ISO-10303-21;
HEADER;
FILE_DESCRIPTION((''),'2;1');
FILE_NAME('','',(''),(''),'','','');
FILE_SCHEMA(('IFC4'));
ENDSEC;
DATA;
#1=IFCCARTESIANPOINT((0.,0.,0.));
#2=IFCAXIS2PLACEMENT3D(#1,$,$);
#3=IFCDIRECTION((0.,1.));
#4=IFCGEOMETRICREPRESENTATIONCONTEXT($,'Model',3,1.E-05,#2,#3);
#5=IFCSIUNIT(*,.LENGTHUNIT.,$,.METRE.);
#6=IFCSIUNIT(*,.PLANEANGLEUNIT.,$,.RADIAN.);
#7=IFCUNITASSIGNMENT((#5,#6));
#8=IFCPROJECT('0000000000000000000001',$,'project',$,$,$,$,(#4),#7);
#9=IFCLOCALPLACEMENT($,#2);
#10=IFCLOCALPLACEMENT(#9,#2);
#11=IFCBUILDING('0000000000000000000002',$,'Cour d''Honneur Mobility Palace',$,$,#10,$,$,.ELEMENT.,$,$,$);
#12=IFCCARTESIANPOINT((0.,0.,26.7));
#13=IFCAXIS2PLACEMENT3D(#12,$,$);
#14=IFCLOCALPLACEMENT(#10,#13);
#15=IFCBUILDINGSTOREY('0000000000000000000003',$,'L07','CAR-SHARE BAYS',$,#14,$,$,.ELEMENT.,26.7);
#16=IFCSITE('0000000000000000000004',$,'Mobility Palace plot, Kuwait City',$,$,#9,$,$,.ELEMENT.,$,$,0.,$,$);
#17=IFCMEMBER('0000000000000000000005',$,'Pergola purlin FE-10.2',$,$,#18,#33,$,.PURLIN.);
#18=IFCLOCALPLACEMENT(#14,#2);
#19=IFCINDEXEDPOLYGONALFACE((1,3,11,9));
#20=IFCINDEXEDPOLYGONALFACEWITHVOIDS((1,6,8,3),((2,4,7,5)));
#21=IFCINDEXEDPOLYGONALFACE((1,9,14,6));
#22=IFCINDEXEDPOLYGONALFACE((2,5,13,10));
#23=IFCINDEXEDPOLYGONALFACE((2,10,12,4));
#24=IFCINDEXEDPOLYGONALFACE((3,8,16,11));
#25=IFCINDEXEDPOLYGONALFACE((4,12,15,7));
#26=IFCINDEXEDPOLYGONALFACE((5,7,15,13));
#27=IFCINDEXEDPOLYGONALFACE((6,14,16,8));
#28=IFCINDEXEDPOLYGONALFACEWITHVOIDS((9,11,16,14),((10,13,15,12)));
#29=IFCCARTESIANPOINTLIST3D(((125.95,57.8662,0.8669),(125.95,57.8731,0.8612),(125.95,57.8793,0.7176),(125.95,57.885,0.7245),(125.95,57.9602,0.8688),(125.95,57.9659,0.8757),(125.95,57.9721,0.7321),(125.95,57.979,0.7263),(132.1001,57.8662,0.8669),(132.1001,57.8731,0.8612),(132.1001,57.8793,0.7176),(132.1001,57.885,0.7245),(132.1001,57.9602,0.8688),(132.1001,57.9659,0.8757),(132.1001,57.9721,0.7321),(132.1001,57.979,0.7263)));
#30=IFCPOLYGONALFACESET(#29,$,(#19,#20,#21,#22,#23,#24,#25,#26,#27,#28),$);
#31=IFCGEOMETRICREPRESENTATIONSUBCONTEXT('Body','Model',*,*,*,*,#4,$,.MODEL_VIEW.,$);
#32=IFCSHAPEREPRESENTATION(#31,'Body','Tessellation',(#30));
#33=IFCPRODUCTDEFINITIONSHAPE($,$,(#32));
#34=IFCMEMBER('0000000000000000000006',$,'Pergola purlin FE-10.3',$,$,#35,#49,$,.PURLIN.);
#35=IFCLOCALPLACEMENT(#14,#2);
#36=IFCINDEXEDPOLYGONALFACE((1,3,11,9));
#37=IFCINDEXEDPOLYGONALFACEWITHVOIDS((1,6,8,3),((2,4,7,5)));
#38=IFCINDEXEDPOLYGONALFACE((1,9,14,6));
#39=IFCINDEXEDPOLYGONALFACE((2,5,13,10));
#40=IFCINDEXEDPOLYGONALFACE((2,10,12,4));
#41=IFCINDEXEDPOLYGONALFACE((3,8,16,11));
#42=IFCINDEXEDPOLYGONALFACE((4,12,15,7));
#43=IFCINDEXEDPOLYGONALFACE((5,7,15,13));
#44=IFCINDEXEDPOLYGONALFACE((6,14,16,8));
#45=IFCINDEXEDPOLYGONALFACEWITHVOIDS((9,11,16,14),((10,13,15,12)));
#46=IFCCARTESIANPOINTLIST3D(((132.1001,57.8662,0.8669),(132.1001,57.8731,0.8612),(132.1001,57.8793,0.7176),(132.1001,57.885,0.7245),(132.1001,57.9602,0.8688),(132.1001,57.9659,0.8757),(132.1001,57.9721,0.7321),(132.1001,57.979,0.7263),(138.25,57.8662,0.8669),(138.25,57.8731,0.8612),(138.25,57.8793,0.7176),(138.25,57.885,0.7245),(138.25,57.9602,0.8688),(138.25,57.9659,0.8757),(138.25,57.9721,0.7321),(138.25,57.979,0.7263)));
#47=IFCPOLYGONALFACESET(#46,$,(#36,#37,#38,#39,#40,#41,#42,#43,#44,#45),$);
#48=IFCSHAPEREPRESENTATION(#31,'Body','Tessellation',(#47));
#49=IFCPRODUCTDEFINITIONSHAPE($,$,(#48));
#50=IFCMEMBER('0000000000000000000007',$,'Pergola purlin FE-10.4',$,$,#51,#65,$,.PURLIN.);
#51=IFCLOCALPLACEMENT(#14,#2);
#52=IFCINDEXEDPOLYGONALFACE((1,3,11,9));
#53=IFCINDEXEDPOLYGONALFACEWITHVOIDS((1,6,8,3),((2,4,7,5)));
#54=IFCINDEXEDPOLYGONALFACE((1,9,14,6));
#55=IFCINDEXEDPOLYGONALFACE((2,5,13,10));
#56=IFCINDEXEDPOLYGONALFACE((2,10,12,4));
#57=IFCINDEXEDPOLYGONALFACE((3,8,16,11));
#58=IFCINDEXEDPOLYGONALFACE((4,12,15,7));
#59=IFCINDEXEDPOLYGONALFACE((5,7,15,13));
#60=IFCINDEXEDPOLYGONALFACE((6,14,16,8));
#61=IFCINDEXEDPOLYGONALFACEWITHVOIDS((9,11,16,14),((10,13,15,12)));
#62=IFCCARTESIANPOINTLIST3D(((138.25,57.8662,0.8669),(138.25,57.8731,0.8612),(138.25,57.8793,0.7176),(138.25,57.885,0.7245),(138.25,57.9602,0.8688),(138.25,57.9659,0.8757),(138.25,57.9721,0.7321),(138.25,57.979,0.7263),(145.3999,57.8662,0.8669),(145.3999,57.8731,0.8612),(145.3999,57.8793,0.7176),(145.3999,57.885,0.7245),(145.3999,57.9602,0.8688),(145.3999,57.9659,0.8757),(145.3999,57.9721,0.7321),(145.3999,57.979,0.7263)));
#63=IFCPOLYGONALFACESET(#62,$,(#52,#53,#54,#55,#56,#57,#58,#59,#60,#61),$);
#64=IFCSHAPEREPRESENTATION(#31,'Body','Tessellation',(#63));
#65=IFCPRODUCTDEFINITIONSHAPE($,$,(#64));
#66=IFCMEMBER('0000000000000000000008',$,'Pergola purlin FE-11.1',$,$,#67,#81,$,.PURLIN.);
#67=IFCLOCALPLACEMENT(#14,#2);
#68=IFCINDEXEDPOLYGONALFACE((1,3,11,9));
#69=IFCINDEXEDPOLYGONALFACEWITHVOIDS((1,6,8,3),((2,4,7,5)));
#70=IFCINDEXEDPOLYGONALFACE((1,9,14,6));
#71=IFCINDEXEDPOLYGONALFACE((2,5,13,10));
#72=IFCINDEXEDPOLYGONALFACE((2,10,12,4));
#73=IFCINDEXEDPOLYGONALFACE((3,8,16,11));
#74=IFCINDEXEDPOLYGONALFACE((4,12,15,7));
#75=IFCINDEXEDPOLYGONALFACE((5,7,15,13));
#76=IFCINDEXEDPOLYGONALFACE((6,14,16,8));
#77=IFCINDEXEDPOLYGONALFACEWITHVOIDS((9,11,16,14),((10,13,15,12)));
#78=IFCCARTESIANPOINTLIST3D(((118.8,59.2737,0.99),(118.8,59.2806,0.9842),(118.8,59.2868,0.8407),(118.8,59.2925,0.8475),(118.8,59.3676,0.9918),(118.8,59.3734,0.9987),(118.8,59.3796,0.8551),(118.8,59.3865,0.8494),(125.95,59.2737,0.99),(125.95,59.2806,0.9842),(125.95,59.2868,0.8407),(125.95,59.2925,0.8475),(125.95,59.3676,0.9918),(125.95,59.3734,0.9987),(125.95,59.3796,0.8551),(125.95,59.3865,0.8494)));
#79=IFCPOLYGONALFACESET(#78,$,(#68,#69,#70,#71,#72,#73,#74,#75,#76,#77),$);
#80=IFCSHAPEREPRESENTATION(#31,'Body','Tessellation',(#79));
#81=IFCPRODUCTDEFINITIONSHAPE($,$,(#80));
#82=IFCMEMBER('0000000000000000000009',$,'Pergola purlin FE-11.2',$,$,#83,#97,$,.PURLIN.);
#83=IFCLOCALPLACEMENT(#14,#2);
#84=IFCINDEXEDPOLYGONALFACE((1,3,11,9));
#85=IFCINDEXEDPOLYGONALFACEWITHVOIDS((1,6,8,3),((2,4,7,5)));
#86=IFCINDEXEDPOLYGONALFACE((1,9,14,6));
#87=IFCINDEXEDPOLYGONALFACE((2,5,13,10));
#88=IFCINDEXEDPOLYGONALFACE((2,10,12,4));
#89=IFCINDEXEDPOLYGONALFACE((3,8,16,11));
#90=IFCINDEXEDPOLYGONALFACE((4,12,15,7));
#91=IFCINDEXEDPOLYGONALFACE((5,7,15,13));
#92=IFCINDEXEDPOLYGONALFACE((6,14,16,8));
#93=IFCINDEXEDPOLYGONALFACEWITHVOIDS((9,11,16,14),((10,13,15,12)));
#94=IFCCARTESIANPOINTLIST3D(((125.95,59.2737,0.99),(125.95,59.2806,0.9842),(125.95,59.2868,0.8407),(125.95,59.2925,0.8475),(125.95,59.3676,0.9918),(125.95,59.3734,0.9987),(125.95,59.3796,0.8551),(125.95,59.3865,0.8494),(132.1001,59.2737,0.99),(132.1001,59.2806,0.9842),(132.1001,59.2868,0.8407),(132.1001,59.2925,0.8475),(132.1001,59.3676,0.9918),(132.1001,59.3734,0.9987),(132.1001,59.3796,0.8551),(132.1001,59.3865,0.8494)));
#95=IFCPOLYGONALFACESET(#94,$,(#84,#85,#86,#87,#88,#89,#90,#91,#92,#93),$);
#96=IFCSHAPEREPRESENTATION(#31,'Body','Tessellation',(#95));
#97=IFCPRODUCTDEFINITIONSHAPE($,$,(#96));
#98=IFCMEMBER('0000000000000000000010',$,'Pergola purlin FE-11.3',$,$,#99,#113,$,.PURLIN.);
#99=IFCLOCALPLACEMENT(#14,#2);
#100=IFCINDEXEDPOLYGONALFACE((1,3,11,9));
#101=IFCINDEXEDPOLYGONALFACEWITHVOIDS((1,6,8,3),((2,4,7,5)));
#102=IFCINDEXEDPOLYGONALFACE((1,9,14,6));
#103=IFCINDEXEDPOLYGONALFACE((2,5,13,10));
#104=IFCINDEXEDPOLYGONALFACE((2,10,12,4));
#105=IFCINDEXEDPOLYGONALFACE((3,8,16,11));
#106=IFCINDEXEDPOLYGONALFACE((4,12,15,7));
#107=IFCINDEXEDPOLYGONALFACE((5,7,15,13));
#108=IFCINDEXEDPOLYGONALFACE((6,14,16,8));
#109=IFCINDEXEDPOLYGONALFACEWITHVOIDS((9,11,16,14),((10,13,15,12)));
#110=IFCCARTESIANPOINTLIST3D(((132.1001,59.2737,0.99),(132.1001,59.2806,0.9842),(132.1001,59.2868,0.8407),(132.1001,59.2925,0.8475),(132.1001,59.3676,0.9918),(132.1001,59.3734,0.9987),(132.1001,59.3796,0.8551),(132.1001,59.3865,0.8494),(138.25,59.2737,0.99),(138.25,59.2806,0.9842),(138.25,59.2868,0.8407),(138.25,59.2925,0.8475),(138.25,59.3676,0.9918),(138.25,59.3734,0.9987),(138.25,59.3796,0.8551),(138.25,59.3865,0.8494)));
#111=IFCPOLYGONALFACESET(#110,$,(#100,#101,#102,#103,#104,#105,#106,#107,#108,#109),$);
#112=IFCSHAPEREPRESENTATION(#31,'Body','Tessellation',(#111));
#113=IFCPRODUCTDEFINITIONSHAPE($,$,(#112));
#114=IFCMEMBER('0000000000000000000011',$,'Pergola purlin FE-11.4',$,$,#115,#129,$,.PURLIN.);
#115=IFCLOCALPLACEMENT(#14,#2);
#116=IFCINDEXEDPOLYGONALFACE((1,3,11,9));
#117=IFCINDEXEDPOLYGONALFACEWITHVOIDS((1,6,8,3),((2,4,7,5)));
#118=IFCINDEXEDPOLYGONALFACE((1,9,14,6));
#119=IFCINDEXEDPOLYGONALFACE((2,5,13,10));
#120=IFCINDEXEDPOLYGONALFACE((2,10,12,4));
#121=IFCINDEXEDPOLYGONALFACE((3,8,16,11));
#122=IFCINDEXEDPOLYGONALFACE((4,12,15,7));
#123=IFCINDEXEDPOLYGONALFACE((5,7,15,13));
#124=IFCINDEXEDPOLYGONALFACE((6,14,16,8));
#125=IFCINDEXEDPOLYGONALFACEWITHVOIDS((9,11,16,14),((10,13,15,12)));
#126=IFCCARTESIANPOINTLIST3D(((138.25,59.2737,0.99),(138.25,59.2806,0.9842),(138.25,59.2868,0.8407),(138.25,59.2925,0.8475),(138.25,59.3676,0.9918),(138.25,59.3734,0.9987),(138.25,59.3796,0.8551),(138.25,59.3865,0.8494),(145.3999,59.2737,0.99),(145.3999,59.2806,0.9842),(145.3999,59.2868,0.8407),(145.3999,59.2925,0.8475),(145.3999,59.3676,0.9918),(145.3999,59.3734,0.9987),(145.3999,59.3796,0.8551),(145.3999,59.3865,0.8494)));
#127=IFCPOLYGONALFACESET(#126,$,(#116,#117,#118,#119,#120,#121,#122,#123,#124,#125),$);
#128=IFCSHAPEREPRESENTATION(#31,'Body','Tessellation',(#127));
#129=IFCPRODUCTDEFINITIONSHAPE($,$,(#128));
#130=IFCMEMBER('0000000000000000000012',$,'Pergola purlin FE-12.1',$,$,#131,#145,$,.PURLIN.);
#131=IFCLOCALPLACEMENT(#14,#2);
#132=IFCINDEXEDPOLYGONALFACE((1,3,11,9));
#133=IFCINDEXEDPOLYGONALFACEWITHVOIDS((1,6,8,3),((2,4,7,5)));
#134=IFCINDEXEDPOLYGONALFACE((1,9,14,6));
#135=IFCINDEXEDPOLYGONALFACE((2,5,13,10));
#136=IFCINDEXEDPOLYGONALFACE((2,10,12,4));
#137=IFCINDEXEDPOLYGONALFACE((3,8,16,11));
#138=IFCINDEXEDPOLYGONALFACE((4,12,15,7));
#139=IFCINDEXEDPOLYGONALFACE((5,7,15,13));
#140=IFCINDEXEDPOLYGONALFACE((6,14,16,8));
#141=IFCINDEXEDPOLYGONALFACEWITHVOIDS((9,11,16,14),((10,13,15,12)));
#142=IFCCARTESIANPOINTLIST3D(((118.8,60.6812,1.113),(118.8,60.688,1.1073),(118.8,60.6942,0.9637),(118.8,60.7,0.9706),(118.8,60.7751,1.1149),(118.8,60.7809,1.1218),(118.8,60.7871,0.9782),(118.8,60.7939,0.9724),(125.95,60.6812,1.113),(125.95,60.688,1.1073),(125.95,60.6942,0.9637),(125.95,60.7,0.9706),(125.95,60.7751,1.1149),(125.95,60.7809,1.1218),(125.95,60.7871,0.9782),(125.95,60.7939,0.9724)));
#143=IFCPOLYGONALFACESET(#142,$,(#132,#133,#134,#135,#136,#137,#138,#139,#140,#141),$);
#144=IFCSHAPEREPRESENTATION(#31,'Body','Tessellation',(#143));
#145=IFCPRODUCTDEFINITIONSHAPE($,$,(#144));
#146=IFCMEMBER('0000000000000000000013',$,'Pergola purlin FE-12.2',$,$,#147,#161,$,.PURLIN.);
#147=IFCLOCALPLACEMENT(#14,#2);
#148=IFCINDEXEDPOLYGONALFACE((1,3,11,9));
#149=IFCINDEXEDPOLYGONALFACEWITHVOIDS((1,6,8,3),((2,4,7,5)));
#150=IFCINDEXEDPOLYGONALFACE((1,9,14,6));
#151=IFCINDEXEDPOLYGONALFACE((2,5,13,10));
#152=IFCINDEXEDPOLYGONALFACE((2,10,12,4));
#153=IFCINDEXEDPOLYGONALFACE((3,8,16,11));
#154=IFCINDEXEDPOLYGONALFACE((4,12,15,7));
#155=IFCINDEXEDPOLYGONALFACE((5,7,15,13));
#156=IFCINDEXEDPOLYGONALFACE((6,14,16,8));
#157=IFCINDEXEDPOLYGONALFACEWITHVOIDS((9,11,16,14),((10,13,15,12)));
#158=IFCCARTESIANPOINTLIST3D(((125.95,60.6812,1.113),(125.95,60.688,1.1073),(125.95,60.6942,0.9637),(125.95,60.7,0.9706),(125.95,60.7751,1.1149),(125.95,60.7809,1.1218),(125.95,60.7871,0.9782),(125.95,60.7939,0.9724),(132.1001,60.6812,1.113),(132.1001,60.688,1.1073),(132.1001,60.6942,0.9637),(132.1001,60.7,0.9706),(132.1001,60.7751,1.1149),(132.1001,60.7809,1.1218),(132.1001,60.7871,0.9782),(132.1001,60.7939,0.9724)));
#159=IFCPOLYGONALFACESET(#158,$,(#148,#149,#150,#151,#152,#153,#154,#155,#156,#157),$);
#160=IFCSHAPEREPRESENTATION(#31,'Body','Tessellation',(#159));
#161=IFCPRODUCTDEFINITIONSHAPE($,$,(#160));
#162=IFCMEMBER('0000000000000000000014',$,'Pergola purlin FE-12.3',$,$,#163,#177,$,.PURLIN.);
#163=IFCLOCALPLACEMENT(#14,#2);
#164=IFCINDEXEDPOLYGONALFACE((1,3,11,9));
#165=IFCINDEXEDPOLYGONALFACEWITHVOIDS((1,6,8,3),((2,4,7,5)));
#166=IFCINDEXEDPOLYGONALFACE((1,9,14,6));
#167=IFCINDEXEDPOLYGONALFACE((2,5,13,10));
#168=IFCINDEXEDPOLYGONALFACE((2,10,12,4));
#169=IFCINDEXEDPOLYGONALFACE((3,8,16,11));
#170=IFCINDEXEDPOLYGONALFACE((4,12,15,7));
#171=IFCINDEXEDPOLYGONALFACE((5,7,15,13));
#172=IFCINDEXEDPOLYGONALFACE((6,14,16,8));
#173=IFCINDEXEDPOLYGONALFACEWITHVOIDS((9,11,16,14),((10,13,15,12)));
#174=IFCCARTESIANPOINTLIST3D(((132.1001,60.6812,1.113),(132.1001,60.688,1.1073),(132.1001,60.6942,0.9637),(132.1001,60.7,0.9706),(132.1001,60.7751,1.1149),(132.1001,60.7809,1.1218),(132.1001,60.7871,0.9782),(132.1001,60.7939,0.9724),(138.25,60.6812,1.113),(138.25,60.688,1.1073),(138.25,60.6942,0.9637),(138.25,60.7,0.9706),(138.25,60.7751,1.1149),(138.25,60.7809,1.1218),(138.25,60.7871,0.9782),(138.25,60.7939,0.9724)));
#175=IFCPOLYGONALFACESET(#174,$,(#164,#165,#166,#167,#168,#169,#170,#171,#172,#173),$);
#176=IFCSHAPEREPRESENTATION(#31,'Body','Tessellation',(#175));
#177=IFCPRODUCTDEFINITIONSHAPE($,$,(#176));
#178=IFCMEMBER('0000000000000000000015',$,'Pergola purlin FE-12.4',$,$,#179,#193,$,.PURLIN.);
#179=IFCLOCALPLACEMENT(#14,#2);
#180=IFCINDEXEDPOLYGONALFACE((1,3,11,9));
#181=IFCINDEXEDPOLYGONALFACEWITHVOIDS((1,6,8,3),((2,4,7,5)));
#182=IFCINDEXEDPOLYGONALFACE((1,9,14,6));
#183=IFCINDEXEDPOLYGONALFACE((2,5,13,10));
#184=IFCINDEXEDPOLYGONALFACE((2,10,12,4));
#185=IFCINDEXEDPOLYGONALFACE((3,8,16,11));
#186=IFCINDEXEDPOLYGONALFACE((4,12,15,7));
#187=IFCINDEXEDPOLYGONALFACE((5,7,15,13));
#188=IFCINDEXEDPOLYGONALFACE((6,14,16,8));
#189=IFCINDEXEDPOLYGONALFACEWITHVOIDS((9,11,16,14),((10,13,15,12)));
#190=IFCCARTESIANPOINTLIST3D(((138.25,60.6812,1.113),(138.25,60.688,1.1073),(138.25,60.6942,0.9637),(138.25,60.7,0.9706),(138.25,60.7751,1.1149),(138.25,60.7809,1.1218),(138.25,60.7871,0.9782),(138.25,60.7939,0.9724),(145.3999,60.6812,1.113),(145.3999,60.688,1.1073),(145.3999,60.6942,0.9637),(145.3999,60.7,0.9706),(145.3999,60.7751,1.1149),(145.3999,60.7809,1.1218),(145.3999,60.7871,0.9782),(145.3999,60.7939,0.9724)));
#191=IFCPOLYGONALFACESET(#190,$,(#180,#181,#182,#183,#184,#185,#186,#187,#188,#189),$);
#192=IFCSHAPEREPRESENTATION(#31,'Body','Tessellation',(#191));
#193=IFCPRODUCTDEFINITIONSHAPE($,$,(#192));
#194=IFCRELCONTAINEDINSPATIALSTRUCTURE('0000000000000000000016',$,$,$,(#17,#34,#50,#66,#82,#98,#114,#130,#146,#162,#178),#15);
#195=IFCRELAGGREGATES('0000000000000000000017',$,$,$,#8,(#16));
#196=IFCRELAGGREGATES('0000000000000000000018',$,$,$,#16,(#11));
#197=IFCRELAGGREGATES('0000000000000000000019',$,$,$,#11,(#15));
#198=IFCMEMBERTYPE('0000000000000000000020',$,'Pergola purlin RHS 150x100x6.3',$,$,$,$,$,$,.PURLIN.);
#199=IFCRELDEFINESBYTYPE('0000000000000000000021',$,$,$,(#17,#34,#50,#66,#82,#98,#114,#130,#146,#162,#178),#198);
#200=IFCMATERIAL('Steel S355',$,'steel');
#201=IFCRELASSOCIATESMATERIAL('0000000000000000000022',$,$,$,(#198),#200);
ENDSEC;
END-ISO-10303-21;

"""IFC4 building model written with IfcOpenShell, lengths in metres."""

from ifc_helpers import new_model, si_unit, direction, frame, origin, origin_2d, place, context, subcontext, project, spatial, hollow_rectangle, extrude, material, material_profile, profile_set, type_object, element, save


model = new_model("IFC4")

# Units and contexts
model_context = context("Model", 3, precision=1e-05, world=origin(), true_north=direction((0.0, 1.0)))
body_context = subcontext(model_context, "Body", "Model", "MODEL_VIEW")
ifc_project = project(units=[si_unit("LENGTHUNIT", "METRE"), si_unit("PLANEANGLEUNIT", "RADIAN")], contexts=[model_context])

# Site, building, storey
site_placement = place(None, origin())
site = spatial("IfcSite", under=ifc_project, at=site_placement, Name="Mobility Palace plot, Kuwait City", CompositionType="ELEMENT", RefElevation=0.0)
building_placement = place(site_placement, origin())
building = spatial("IfcBuilding", under=site, at=building_placement, Name="Cour d'Honneur Mobility Palace", CompositionType="ELEMENT")
storey_placement = place(building_placement, frame((0.0, 0.0, 26.7)))
storey = spatial("IfcBuildingStorey", under=building, at=storey_placement, Name="L07", Description="CAR-SHARE BAYS", CompositionType="ELEMENT", Elevation=26.7)

# Members
ifc_material_1 = material(Name="Steel S355", Category="steel")
ifc_material_profile = material_profile(ifc_material_1, hollow_rectangle(XDim=0.1001, YDim=0.1499, WallThickness=0.0063, at=origin_2d()), Name="RHS 150x100x6.3")
ifc_profile_set = profile_set([ifc_material_profile], Name="Steel S355")
member_type = type_object("IfcMemberType", Name="Pergola purlin RHS 150x100x6.3", PredefinedType="PURLIN", material=ifc_profile_set)
member_1_placement = place(storey_placement, frame((125.95, 57.9226, 0.7966), z_axis=(1.0, 0.0, 0.0), x_axis=(0.0, 0.996197, 0.087131)))
element("IfcMember", 1, at=member_1_placement, inside=storey, type_object=member_type, Name="Pergola purlin FE-10.2", PredefinedType="PURLIN", context=body_context, shape_type="SweptSolid", body=[
    extrude(hollow_rectangle(XDim=0.1001, YDim=0.1499, WallThickness=0.0063, at=origin_2d()), origin(), (0.0, 0.0, 1.0), 6.1501),
])
member_2_placement = place(storey_placement, frame((132.1001, 57.9226, 0.7966), z_axis=(1.0, 0.0, 0.0), x_axis=(0.0, 0.996197, 0.087131)))
element("IfcMember", 2, at=member_2_placement, inside=storey, type_object=member_type, Name="Pergola purlin FE-10.3", PredefinedType="PURLIN", context=body_context, shape_type="SweptSolid", body=[
    extrude(hollow_rectangle(XDim=0.1001, YDim=0.1499, WallThickness=0.0063, at=origin_2d()), origin(), (0.0, 0.0, 1.0), 6.1499),
])
for number, where, z_axis, x_axis, name in (
    (3, (138.25, 57.9226, 0.7966), (1.0, 0.0, 0.0), (0.0, 0.996197, 0.087131), "Pergola purlin FE-10.4"),
    (4, (118.8, 59.3301, 0.9197), (1.0, 0.0, 0.0), (0.0, 0.996197, 0.087131), "Pergola purlin FE-11.1"),
):
    element("IfcMember", number, at=place(storey_placement, frame(where, z_axis=z_axis, x_axis=x_axis)), inside=storey, type_object=member_type, Name=name, PredefinedType="PURLIN", context=body_context, shape_type="SweptSolid", body=[
        extrude(hollow_rectangle(XDim=0.1001, YDim=0.1499, WallThickness=0.0063, at=origin_2d()), origin(), (0.0, 0.0, 1.0), 7.1499),
    ])
member_3_placement = place(storey_placement, frame((125.95, 59.3301, 0.9197), z_axis=(1.0, 0.0, 0.0), x_axis=(0.0, 0.996197, 0.087131)))
element("IfcMember", 5, at=member_3_placement, inside=storey, type_object=member_type, Name="Pergola purlin FE-11.2", PredefinedType="PURLIN", context=body_context, shape_type="SweptSolid", body=[
    extrude(hollow_rectangle(XDim=0.1001, YDim=0.1499, WallThickness=0.0063, at=origin_2d()), origin(), (0.0, 0.0, 1.0), 6.1501),
])
member_4_placement = place(storey_placement, frame((132.1001, 59.3301, 0.9197), z_axis=(1.0, 0.0, 0.0), x_axis=(0.0, 0.996197, 0.087131)))
element("IfcMember", 6, at=member_4_placement, inside=storey, type_object=member_type, Name="Pergola purlin FE-11.3", PredefinedType="PURLIN", context=body_context, shape_type="SweptSolid", body=[
    extrude(hollow_rectangle(XDim=0.1001, YDim=0.1499, WallThickness=0.0063, at=origin_2d()), origin(), (0.0, 0.0, 1.0), 6.1499),
])
for number, where, z_axis, x_axis, name in (
    (7, (138.25, 59.3301, 0.9197), (1.0, 0.0, 0.0), (0.0, 0.996197, 0.087131), "Pergola purlin FE-11.4"),
    (8, (118.8, 60.7375, 1.0427), (1.0, 0.0, 0.0), (0.0, 0.996197, 0.087131), "Pergola purlin FE-12.1"),
):
    element("IfcMember", number, at=place(storey_placement, frame(where, z_axis=z_axis, x_axis=x_axis)), inside=storey, type_object=member_type, Name=name, PredefinedType="PURLIN", context=body_context, shape_type="SweptSolid", body=[
        extrude(hollow_rectangle(XDim=0.1001, YDim=0.1499, WallThickness=0.0063, at=origin_2d()), origin(), (0.0, 0.0, 1.0), 7.1499),
    ])
member_5_placement = place(storey_placement, frame((125.95, 60.7375, 1.0427), z_axis=(1.0, 0.0, 0.0), x_axis=(0.0, 0.996197, 0.087131)))
element("IfcMember", 9, at=member_5_placement, inside=storey, type_object=member_type, Name="Pergola purlin FE-12.2", PredefinedType="PURLIN", context=body_context, shape_type="SweptSolid", body=[
    extrude(hollow_rectangle(XDim=0.1001, YDim=0.1499, WallThickness=0.0063, at=origin_2d()), origin(), (0.0, 0.0, 1.0), 6.1501),
])
member_6_placement = place(storey_placement, frame((132.1001, 60.7375, 1.0427), z_axis=(1.0, 0.0, 0.0), x_axis=(0.0, 0.996197, 0.087131)))
element("IfcMember", 10, at=member_6_placement, inside=storey, type_object=member_type, Name="Pergola purlin FE-12.3", PredefinedType="PURLIN", context=body_context, shape_type="SweptSolid", body=[
    extrude(hollow_rectangle(XDim=0.1001, YDim=0.1499, WallThickness=0.0063, at=origin_2d()), origin(), (0.0, 0.0, 1.0), 6.1499),
])
for number, where, z_axis, x_axis, name in (
    (11, (138.25, 60.7375, 1.0427), (1.0, 0.0, 0.0), (0.0, 0.996197, 0.087131), "Pergola purlin FE-12.4"),
):
    element("IfcMember", number, at=place(storey_placement, frame(where, z_axis=z_axis, x_axis=x_axis)), inside=storey, type_object=member_type, Name=name, PredefinedType="PURLIN", context=body_context, shape_type="SweptSolid", body=[
        extrude(hollow_rectangle(XDim=0.1001, YDim=0.1499, WallThickness=0.0063, at=origin_2d()), origin(), (0.0, 0.0, 1.0), 7.1499),
    ])

save(model, "model.ifc")
